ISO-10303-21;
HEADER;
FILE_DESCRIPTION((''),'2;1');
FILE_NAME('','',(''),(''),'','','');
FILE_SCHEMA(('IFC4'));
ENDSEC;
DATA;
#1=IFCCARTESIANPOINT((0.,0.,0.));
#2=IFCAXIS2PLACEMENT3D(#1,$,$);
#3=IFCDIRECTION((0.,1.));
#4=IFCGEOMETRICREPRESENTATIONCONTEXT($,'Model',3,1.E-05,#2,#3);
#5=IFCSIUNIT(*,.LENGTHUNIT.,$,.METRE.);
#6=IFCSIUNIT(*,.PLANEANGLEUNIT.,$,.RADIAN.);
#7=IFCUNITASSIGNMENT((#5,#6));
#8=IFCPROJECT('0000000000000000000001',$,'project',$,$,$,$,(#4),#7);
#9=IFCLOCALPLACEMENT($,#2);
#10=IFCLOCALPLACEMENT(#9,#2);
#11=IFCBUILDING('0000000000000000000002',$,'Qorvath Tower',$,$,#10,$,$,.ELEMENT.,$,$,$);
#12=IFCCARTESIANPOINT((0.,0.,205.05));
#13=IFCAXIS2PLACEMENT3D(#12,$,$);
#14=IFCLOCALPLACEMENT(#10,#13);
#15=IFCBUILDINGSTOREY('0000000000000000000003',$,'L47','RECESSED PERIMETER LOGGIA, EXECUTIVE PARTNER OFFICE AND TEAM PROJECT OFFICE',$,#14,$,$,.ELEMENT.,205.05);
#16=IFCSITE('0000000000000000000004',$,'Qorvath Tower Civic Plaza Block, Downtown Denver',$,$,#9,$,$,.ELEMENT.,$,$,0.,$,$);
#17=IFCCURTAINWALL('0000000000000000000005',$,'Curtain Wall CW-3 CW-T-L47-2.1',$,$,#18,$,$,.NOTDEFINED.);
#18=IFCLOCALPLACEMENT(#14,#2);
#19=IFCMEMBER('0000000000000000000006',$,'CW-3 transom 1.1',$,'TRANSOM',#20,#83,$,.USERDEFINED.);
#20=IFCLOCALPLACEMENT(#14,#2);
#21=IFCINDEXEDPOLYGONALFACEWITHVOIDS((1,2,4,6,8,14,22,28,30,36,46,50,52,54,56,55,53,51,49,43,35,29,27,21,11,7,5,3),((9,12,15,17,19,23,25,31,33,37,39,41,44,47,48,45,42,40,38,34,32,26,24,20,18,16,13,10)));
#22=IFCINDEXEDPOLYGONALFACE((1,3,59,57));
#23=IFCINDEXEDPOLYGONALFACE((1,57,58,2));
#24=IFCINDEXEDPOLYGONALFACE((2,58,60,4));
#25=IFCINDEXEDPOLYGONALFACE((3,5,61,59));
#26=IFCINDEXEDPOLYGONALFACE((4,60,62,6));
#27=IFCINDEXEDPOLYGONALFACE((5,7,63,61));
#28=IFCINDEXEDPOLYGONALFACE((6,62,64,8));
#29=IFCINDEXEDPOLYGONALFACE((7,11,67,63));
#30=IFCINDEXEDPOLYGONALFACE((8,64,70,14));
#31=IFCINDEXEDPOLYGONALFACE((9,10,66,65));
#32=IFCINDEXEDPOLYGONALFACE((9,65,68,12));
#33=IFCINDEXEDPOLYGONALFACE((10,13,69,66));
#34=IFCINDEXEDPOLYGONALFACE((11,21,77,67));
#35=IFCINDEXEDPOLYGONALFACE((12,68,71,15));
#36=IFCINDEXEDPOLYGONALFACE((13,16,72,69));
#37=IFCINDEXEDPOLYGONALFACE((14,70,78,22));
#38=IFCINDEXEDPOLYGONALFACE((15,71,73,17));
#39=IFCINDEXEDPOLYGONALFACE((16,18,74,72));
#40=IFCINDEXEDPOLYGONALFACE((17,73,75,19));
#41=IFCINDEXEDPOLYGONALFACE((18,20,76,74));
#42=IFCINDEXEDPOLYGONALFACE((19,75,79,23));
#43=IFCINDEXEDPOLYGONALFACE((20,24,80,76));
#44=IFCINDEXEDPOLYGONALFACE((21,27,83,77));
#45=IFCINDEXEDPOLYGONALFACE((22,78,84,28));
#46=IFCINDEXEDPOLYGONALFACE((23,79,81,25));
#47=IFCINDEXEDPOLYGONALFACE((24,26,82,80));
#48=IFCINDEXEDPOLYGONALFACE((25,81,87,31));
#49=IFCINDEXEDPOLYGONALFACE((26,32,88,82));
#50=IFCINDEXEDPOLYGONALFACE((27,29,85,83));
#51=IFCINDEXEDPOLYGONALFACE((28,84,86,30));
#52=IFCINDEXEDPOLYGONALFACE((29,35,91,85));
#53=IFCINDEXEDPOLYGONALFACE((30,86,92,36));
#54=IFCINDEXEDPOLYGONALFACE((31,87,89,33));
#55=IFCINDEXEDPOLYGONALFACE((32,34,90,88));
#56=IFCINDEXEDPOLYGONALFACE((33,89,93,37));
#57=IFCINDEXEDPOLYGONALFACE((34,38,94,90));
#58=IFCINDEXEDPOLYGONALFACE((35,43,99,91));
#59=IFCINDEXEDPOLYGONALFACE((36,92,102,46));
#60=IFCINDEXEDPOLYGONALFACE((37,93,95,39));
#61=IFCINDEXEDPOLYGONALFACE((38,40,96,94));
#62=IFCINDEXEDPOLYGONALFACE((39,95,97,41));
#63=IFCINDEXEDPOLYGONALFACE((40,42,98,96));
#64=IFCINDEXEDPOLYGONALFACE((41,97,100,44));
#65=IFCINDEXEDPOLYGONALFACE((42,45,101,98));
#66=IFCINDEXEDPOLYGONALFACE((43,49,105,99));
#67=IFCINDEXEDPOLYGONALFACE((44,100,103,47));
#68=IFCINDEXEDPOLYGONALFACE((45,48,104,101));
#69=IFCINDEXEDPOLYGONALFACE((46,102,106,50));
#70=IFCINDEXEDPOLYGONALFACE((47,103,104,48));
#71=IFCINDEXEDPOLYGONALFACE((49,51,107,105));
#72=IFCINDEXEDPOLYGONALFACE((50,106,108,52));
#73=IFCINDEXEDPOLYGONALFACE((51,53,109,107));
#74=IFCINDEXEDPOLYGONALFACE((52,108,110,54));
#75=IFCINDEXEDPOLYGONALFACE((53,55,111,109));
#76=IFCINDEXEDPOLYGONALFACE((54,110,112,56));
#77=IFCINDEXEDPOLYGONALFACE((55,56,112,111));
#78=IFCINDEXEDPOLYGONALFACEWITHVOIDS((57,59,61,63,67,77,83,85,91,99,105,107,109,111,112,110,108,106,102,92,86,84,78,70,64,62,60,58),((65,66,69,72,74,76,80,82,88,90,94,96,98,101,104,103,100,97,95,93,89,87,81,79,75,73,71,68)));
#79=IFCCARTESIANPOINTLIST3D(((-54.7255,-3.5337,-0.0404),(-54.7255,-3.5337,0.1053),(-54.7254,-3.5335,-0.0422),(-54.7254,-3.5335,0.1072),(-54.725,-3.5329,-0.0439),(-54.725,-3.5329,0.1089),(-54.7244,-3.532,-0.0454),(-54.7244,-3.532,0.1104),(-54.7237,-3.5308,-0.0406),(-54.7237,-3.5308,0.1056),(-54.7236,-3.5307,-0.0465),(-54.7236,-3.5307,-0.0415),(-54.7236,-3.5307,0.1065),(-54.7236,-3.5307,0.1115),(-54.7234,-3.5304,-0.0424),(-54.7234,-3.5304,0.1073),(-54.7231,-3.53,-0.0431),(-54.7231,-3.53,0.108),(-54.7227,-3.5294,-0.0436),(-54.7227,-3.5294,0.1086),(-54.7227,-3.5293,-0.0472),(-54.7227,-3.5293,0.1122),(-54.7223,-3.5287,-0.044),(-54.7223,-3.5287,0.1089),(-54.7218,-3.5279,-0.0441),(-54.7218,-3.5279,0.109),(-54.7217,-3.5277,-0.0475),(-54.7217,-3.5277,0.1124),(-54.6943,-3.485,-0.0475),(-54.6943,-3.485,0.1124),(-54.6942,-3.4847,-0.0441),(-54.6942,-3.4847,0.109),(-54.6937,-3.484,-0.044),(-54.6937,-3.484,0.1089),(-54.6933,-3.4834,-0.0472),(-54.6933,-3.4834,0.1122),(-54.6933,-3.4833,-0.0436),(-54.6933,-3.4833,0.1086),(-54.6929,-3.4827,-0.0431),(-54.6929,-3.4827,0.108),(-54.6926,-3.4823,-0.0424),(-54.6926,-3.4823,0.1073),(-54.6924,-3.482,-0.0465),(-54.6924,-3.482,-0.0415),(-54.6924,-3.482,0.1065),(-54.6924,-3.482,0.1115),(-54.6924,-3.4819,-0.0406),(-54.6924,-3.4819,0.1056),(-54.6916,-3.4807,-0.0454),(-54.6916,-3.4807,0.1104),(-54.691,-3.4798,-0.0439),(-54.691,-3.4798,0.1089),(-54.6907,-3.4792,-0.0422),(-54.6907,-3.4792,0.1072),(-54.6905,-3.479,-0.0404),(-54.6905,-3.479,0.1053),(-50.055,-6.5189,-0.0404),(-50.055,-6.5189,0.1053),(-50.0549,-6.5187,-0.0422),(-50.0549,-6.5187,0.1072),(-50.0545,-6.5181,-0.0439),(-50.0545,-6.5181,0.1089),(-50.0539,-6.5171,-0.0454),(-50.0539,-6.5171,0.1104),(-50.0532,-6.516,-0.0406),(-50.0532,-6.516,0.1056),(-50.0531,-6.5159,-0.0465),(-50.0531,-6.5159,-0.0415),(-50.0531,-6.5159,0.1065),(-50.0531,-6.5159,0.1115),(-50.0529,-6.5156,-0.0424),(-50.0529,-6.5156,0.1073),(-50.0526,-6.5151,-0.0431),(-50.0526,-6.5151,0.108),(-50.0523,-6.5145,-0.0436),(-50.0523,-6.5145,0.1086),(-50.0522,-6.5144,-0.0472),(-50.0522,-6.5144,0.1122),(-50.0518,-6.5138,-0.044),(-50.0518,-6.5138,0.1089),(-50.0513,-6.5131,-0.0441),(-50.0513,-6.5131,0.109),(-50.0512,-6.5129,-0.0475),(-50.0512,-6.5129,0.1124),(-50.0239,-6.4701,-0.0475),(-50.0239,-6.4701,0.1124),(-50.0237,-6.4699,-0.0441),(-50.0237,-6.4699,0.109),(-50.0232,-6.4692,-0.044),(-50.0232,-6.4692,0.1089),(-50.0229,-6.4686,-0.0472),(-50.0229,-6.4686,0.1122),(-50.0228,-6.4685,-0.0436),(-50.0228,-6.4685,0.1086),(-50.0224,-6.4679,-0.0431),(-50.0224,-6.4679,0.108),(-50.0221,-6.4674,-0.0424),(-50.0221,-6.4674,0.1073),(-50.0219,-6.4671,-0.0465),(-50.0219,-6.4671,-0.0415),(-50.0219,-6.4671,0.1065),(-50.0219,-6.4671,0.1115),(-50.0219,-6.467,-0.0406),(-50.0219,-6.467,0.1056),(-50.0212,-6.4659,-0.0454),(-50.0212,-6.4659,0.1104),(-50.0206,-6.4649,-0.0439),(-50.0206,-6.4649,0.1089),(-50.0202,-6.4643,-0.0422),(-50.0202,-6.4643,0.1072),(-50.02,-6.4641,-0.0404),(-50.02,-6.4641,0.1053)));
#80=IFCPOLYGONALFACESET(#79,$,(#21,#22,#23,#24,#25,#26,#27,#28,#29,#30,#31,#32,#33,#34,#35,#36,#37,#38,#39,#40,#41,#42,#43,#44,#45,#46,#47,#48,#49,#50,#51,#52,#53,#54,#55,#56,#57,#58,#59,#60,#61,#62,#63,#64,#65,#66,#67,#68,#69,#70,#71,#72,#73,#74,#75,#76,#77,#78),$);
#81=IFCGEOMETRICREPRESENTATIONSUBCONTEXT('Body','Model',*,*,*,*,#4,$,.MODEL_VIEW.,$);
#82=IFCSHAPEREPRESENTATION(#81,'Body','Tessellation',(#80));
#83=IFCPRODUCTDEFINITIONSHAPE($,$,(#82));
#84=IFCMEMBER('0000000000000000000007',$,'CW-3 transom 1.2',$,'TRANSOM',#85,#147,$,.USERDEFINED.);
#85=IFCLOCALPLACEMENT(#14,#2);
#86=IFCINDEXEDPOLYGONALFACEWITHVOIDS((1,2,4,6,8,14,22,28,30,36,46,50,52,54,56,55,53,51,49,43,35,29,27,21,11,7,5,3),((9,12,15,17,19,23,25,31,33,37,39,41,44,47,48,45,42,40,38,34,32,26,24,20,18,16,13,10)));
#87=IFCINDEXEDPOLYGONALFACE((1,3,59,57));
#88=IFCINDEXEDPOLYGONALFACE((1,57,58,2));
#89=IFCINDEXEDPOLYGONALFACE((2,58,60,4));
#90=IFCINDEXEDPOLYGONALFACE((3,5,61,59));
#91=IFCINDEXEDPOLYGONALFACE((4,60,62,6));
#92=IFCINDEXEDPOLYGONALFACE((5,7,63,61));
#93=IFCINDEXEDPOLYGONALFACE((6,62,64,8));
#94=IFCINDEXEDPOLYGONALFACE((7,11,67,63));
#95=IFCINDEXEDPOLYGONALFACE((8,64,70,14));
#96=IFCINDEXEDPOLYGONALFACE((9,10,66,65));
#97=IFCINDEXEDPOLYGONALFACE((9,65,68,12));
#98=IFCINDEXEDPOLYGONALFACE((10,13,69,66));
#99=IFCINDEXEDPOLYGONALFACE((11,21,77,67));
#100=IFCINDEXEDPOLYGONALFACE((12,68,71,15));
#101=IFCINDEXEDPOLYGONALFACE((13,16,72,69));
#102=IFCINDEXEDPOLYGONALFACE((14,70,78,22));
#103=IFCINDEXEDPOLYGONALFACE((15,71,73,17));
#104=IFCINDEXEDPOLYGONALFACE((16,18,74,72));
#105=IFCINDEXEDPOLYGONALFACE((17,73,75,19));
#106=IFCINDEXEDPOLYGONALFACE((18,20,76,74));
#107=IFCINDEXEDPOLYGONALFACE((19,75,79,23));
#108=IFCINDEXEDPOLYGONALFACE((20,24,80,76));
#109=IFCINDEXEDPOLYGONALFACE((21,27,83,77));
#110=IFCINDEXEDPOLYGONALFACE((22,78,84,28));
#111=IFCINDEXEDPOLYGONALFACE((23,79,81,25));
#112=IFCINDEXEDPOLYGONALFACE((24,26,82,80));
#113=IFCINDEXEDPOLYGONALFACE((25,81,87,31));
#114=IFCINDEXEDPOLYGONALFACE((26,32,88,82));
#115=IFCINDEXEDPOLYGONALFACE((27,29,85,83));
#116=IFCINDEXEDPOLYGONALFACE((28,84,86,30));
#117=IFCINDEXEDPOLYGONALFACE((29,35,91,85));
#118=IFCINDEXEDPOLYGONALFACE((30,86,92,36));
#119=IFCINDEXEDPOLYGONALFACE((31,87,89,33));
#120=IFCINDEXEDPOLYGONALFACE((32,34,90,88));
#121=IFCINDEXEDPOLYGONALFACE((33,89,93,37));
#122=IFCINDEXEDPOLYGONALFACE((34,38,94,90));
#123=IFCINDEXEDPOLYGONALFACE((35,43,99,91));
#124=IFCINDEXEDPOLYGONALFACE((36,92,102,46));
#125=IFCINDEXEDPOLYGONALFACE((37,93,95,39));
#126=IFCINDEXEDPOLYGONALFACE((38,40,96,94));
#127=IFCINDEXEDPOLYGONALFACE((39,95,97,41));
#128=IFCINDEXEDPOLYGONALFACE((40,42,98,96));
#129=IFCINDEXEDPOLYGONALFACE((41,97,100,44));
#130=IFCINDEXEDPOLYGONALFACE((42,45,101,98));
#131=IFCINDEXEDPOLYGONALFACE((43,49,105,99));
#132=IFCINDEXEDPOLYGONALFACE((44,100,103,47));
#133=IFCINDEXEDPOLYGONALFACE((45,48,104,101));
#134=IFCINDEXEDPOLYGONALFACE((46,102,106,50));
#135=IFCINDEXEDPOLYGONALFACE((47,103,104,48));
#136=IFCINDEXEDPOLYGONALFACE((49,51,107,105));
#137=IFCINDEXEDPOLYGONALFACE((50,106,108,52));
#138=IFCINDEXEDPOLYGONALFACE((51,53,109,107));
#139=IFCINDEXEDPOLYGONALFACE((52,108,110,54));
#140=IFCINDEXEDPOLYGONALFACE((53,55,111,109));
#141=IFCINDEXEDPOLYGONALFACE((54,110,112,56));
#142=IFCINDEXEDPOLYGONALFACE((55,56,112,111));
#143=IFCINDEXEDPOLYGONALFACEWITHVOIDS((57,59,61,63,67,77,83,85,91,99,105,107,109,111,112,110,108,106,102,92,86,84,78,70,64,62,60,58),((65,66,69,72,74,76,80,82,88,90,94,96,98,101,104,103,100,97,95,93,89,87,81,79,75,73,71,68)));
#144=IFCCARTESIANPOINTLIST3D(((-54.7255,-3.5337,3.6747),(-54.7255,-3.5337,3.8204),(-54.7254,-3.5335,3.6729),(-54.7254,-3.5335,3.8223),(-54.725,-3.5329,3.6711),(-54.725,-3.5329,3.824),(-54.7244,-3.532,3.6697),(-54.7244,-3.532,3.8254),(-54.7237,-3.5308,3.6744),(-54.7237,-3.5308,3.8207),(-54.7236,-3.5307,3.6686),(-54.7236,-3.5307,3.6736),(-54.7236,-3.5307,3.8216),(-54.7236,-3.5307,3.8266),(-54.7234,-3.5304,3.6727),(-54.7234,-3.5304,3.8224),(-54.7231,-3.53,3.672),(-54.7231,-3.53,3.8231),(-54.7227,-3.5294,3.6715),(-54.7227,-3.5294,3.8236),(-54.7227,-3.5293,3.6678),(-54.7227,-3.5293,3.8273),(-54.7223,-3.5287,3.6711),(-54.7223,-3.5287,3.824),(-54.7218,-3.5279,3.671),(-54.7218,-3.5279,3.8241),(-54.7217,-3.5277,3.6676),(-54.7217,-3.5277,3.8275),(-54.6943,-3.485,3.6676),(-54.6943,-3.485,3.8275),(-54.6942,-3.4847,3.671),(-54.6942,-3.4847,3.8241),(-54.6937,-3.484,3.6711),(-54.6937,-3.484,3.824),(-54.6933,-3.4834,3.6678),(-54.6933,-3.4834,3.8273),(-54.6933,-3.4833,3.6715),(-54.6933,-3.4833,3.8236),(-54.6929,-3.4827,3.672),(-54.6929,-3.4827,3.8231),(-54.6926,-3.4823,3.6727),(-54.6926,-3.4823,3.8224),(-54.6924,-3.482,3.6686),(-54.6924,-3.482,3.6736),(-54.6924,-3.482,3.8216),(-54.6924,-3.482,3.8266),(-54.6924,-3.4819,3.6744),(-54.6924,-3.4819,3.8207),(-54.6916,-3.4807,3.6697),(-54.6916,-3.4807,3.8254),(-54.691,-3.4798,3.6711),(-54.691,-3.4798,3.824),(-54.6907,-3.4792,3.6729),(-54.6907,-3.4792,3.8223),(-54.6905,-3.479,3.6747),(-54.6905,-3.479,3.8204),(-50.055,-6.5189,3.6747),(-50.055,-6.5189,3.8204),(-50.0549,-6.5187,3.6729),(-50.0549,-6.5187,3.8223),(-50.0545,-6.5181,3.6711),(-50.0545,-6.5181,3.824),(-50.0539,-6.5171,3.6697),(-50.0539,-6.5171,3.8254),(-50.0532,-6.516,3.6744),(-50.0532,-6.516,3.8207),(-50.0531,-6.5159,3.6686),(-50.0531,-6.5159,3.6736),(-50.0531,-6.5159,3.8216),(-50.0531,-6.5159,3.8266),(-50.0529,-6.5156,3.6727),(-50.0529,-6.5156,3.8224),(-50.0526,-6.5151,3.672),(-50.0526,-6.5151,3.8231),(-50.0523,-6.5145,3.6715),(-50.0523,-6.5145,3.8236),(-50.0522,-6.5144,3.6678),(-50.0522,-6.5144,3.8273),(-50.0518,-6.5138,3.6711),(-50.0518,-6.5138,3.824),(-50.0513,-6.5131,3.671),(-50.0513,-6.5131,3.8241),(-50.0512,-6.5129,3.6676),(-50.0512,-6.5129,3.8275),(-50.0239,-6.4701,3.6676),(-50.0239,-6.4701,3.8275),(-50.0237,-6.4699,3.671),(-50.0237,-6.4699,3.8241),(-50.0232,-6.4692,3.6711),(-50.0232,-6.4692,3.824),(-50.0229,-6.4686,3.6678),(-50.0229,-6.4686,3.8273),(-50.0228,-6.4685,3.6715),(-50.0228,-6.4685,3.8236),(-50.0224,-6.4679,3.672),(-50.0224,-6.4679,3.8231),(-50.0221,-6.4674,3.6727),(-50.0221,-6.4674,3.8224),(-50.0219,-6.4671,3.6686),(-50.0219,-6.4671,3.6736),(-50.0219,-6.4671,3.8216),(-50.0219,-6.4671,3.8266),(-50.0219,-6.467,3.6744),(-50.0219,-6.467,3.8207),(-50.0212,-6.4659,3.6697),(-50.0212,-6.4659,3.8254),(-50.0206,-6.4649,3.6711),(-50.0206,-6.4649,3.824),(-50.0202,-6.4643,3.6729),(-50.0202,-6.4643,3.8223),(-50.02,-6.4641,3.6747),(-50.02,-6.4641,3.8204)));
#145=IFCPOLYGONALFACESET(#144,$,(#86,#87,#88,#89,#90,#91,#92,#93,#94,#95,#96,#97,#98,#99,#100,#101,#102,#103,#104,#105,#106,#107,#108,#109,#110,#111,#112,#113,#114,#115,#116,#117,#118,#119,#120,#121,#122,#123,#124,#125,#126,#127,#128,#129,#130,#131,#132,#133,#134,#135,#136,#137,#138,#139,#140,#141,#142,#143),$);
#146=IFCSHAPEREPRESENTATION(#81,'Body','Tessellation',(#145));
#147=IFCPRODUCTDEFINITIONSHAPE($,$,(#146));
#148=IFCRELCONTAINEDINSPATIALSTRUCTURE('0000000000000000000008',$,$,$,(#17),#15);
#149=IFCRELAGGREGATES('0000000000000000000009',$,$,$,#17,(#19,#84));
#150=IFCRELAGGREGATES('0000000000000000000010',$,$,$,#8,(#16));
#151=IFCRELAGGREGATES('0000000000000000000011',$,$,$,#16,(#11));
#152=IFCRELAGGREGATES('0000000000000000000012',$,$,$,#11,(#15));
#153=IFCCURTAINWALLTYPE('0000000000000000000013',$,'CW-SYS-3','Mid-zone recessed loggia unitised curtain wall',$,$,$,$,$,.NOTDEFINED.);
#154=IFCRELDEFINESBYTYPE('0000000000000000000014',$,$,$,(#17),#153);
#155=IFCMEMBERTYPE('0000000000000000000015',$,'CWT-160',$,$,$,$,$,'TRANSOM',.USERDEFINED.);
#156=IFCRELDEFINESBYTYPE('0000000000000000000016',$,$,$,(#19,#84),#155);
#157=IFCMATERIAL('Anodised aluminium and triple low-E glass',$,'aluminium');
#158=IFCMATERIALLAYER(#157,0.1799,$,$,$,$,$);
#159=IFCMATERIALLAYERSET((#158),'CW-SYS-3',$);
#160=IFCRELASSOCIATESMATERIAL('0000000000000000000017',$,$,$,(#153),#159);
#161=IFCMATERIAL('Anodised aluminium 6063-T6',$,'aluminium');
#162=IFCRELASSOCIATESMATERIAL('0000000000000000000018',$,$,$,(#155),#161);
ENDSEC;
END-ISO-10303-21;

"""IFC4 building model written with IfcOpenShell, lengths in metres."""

from ifc_helpers import new_model, si_unit, direction, frame, origin, origin_2d, place, context, subcontext, project, spatial, hollow_rectangle, extrude, material, layer, layer_set, material_profile, profile_set, type_object, element, aggregate, save


model = new_model("IFC4")

# Units and contexts
model_context = context("Model", 3, precision=1e-05, world=origin(), true_north=direction((0.0, 1.0)))
body_context = subcontext(model_context, "Body", "Model", "MODEL_VIEW")
ifc_project = project(units=[si_unit("LENGTHUNIT", "METRE"), si_unit("PLANEANGLEUNIT", "RADIAN")], contexts=[model_context])

# Site, building, storey
site_placement = place(None, origin())
site = spatial("IfcSite", under=ifc_project, at=site_placement, Name="Qorvath Tower Civic Plaza Block, Downtown Denver", CompositionType="ELEMENT", RefElevation=0.0)
building_placement = place(site_placement, origin())
building = spatial("IfcBuilding", under=site, at=building_placement, Name="Qorvath Tower", CompositionType="ELEMENT")
storey_placement = place(building_placement, frame((0.0, 0.0, 205.05)))
storey = spatial("IfcBuildingStorey", under=building, at=storey_placement, Name="L47", Description="RECESSED PERIMETER LOGGIA, EXECUTIVE PARTNER OFFICE AND TEAM PROJECT OFFICE", CompositionType="ELEMENT", Elevation=205.05)

# Curtain wall, members
ifc_material_1 = material(Name="Anodised aluminium and triple low-E glass", Category="aluminium")
ifc_layer_1 = layer(ifc_material_1, 0.1799)
ifc_layer_set_1 = layer_set([ifc_layer_1], Name="CW-SYS-3")
curtain_wall_type = type_object("IfcCurtainWallType", Name="CW-SYS-3", Description="Mid-zone recessed loggia unitised curtain wall", PredefinedType="NOTDEFINED", material=ifc_layer_set_1)
curtain_wall_placement = place(storey_placement, origin())
curtain_wall = element("IfcCurtainWall", 1, at=curtain_wall_placement, inside=storey, type_object=curtain_wall_type, Name="Curtain Wall CW-3 CW-T-L47-2.1", PredefinedType="NOTDEFINED")
ifc_material_2 = material(Name="Anodised aluminium 6063-T6", Category="aluminium")
ifc_material_profile_1 = material_profile(ifc_material_2, hollow_rectangle(XDim=0.0649, YDim=0.1599, WallThickness=0.0034, InnerFilletRadius=0.0034, OuterFilletRadius=0.0071, at=origin_2d()), Name="CWT 160x65")
ifc_profile_set_1 = profile_set([ifc_material_profile_1], Name="Anodised aluminium 6063-T6")
member_type_1 = type_object("IfcMemberType", Name="CWT-160", ElementType="TRANSOM", PredefinedType="USERDEFINED", material=ifc_profile_set_1)
member_1_placement = place(storey_placement, frame((-54.708, -3.5063, 0.0325), z_axis=(0.842595, -0.538547, 0.0), x_axis=(0.538547, 0.842595, 0.0)))
member_1 = element("IfcMember", 2, at=member_1_placement, type_object=member_type_1, Name="CW-3 transom 1.1", ObjectType="TRANSOM", PredefinedType="USERDEFINED", context=body_context, shape_type="SweptSolid", body=[
    extrude(hollow_rectangle(XDim=0.0649, YDim=0.1599, WallThickness=0.0034, InnerFilletRadius=0.0034, OuterFilletRadius=0.0071, at=origin_2d()), origin(), (0.0, 0.0, 1.0), 5.543),
])
member_2_placement = place(storey_placement, frame((-54.708, -3.5063, 3.7476), z_axis=(0.842595, -0.538547, 0.0), x_axis=(0.538547, 0.842595, 0.0)))
member_2 = element("IfcMember", 3, at=member_2_placement, type_object=member_type_1, Name="CW-3 transom 1.2", ObjectType="TRANSOM", PredefinedType="USERDEFINED", context=body_context, shape_type="SweptSolid", body=[
    extrude(hollow_rectangle(XDim=0.0649, YDim=0.1599, WallThickness=0.0034, InnerFilletRadius=0.0034, OuterFilletRadius=0.0071, at=origin_2d()), origin(), (0.0, 0.0, 1.0), 5.543),
])
aggregate(curtain_wall, [member_1, member_2])

save(model, "model.ifc")
